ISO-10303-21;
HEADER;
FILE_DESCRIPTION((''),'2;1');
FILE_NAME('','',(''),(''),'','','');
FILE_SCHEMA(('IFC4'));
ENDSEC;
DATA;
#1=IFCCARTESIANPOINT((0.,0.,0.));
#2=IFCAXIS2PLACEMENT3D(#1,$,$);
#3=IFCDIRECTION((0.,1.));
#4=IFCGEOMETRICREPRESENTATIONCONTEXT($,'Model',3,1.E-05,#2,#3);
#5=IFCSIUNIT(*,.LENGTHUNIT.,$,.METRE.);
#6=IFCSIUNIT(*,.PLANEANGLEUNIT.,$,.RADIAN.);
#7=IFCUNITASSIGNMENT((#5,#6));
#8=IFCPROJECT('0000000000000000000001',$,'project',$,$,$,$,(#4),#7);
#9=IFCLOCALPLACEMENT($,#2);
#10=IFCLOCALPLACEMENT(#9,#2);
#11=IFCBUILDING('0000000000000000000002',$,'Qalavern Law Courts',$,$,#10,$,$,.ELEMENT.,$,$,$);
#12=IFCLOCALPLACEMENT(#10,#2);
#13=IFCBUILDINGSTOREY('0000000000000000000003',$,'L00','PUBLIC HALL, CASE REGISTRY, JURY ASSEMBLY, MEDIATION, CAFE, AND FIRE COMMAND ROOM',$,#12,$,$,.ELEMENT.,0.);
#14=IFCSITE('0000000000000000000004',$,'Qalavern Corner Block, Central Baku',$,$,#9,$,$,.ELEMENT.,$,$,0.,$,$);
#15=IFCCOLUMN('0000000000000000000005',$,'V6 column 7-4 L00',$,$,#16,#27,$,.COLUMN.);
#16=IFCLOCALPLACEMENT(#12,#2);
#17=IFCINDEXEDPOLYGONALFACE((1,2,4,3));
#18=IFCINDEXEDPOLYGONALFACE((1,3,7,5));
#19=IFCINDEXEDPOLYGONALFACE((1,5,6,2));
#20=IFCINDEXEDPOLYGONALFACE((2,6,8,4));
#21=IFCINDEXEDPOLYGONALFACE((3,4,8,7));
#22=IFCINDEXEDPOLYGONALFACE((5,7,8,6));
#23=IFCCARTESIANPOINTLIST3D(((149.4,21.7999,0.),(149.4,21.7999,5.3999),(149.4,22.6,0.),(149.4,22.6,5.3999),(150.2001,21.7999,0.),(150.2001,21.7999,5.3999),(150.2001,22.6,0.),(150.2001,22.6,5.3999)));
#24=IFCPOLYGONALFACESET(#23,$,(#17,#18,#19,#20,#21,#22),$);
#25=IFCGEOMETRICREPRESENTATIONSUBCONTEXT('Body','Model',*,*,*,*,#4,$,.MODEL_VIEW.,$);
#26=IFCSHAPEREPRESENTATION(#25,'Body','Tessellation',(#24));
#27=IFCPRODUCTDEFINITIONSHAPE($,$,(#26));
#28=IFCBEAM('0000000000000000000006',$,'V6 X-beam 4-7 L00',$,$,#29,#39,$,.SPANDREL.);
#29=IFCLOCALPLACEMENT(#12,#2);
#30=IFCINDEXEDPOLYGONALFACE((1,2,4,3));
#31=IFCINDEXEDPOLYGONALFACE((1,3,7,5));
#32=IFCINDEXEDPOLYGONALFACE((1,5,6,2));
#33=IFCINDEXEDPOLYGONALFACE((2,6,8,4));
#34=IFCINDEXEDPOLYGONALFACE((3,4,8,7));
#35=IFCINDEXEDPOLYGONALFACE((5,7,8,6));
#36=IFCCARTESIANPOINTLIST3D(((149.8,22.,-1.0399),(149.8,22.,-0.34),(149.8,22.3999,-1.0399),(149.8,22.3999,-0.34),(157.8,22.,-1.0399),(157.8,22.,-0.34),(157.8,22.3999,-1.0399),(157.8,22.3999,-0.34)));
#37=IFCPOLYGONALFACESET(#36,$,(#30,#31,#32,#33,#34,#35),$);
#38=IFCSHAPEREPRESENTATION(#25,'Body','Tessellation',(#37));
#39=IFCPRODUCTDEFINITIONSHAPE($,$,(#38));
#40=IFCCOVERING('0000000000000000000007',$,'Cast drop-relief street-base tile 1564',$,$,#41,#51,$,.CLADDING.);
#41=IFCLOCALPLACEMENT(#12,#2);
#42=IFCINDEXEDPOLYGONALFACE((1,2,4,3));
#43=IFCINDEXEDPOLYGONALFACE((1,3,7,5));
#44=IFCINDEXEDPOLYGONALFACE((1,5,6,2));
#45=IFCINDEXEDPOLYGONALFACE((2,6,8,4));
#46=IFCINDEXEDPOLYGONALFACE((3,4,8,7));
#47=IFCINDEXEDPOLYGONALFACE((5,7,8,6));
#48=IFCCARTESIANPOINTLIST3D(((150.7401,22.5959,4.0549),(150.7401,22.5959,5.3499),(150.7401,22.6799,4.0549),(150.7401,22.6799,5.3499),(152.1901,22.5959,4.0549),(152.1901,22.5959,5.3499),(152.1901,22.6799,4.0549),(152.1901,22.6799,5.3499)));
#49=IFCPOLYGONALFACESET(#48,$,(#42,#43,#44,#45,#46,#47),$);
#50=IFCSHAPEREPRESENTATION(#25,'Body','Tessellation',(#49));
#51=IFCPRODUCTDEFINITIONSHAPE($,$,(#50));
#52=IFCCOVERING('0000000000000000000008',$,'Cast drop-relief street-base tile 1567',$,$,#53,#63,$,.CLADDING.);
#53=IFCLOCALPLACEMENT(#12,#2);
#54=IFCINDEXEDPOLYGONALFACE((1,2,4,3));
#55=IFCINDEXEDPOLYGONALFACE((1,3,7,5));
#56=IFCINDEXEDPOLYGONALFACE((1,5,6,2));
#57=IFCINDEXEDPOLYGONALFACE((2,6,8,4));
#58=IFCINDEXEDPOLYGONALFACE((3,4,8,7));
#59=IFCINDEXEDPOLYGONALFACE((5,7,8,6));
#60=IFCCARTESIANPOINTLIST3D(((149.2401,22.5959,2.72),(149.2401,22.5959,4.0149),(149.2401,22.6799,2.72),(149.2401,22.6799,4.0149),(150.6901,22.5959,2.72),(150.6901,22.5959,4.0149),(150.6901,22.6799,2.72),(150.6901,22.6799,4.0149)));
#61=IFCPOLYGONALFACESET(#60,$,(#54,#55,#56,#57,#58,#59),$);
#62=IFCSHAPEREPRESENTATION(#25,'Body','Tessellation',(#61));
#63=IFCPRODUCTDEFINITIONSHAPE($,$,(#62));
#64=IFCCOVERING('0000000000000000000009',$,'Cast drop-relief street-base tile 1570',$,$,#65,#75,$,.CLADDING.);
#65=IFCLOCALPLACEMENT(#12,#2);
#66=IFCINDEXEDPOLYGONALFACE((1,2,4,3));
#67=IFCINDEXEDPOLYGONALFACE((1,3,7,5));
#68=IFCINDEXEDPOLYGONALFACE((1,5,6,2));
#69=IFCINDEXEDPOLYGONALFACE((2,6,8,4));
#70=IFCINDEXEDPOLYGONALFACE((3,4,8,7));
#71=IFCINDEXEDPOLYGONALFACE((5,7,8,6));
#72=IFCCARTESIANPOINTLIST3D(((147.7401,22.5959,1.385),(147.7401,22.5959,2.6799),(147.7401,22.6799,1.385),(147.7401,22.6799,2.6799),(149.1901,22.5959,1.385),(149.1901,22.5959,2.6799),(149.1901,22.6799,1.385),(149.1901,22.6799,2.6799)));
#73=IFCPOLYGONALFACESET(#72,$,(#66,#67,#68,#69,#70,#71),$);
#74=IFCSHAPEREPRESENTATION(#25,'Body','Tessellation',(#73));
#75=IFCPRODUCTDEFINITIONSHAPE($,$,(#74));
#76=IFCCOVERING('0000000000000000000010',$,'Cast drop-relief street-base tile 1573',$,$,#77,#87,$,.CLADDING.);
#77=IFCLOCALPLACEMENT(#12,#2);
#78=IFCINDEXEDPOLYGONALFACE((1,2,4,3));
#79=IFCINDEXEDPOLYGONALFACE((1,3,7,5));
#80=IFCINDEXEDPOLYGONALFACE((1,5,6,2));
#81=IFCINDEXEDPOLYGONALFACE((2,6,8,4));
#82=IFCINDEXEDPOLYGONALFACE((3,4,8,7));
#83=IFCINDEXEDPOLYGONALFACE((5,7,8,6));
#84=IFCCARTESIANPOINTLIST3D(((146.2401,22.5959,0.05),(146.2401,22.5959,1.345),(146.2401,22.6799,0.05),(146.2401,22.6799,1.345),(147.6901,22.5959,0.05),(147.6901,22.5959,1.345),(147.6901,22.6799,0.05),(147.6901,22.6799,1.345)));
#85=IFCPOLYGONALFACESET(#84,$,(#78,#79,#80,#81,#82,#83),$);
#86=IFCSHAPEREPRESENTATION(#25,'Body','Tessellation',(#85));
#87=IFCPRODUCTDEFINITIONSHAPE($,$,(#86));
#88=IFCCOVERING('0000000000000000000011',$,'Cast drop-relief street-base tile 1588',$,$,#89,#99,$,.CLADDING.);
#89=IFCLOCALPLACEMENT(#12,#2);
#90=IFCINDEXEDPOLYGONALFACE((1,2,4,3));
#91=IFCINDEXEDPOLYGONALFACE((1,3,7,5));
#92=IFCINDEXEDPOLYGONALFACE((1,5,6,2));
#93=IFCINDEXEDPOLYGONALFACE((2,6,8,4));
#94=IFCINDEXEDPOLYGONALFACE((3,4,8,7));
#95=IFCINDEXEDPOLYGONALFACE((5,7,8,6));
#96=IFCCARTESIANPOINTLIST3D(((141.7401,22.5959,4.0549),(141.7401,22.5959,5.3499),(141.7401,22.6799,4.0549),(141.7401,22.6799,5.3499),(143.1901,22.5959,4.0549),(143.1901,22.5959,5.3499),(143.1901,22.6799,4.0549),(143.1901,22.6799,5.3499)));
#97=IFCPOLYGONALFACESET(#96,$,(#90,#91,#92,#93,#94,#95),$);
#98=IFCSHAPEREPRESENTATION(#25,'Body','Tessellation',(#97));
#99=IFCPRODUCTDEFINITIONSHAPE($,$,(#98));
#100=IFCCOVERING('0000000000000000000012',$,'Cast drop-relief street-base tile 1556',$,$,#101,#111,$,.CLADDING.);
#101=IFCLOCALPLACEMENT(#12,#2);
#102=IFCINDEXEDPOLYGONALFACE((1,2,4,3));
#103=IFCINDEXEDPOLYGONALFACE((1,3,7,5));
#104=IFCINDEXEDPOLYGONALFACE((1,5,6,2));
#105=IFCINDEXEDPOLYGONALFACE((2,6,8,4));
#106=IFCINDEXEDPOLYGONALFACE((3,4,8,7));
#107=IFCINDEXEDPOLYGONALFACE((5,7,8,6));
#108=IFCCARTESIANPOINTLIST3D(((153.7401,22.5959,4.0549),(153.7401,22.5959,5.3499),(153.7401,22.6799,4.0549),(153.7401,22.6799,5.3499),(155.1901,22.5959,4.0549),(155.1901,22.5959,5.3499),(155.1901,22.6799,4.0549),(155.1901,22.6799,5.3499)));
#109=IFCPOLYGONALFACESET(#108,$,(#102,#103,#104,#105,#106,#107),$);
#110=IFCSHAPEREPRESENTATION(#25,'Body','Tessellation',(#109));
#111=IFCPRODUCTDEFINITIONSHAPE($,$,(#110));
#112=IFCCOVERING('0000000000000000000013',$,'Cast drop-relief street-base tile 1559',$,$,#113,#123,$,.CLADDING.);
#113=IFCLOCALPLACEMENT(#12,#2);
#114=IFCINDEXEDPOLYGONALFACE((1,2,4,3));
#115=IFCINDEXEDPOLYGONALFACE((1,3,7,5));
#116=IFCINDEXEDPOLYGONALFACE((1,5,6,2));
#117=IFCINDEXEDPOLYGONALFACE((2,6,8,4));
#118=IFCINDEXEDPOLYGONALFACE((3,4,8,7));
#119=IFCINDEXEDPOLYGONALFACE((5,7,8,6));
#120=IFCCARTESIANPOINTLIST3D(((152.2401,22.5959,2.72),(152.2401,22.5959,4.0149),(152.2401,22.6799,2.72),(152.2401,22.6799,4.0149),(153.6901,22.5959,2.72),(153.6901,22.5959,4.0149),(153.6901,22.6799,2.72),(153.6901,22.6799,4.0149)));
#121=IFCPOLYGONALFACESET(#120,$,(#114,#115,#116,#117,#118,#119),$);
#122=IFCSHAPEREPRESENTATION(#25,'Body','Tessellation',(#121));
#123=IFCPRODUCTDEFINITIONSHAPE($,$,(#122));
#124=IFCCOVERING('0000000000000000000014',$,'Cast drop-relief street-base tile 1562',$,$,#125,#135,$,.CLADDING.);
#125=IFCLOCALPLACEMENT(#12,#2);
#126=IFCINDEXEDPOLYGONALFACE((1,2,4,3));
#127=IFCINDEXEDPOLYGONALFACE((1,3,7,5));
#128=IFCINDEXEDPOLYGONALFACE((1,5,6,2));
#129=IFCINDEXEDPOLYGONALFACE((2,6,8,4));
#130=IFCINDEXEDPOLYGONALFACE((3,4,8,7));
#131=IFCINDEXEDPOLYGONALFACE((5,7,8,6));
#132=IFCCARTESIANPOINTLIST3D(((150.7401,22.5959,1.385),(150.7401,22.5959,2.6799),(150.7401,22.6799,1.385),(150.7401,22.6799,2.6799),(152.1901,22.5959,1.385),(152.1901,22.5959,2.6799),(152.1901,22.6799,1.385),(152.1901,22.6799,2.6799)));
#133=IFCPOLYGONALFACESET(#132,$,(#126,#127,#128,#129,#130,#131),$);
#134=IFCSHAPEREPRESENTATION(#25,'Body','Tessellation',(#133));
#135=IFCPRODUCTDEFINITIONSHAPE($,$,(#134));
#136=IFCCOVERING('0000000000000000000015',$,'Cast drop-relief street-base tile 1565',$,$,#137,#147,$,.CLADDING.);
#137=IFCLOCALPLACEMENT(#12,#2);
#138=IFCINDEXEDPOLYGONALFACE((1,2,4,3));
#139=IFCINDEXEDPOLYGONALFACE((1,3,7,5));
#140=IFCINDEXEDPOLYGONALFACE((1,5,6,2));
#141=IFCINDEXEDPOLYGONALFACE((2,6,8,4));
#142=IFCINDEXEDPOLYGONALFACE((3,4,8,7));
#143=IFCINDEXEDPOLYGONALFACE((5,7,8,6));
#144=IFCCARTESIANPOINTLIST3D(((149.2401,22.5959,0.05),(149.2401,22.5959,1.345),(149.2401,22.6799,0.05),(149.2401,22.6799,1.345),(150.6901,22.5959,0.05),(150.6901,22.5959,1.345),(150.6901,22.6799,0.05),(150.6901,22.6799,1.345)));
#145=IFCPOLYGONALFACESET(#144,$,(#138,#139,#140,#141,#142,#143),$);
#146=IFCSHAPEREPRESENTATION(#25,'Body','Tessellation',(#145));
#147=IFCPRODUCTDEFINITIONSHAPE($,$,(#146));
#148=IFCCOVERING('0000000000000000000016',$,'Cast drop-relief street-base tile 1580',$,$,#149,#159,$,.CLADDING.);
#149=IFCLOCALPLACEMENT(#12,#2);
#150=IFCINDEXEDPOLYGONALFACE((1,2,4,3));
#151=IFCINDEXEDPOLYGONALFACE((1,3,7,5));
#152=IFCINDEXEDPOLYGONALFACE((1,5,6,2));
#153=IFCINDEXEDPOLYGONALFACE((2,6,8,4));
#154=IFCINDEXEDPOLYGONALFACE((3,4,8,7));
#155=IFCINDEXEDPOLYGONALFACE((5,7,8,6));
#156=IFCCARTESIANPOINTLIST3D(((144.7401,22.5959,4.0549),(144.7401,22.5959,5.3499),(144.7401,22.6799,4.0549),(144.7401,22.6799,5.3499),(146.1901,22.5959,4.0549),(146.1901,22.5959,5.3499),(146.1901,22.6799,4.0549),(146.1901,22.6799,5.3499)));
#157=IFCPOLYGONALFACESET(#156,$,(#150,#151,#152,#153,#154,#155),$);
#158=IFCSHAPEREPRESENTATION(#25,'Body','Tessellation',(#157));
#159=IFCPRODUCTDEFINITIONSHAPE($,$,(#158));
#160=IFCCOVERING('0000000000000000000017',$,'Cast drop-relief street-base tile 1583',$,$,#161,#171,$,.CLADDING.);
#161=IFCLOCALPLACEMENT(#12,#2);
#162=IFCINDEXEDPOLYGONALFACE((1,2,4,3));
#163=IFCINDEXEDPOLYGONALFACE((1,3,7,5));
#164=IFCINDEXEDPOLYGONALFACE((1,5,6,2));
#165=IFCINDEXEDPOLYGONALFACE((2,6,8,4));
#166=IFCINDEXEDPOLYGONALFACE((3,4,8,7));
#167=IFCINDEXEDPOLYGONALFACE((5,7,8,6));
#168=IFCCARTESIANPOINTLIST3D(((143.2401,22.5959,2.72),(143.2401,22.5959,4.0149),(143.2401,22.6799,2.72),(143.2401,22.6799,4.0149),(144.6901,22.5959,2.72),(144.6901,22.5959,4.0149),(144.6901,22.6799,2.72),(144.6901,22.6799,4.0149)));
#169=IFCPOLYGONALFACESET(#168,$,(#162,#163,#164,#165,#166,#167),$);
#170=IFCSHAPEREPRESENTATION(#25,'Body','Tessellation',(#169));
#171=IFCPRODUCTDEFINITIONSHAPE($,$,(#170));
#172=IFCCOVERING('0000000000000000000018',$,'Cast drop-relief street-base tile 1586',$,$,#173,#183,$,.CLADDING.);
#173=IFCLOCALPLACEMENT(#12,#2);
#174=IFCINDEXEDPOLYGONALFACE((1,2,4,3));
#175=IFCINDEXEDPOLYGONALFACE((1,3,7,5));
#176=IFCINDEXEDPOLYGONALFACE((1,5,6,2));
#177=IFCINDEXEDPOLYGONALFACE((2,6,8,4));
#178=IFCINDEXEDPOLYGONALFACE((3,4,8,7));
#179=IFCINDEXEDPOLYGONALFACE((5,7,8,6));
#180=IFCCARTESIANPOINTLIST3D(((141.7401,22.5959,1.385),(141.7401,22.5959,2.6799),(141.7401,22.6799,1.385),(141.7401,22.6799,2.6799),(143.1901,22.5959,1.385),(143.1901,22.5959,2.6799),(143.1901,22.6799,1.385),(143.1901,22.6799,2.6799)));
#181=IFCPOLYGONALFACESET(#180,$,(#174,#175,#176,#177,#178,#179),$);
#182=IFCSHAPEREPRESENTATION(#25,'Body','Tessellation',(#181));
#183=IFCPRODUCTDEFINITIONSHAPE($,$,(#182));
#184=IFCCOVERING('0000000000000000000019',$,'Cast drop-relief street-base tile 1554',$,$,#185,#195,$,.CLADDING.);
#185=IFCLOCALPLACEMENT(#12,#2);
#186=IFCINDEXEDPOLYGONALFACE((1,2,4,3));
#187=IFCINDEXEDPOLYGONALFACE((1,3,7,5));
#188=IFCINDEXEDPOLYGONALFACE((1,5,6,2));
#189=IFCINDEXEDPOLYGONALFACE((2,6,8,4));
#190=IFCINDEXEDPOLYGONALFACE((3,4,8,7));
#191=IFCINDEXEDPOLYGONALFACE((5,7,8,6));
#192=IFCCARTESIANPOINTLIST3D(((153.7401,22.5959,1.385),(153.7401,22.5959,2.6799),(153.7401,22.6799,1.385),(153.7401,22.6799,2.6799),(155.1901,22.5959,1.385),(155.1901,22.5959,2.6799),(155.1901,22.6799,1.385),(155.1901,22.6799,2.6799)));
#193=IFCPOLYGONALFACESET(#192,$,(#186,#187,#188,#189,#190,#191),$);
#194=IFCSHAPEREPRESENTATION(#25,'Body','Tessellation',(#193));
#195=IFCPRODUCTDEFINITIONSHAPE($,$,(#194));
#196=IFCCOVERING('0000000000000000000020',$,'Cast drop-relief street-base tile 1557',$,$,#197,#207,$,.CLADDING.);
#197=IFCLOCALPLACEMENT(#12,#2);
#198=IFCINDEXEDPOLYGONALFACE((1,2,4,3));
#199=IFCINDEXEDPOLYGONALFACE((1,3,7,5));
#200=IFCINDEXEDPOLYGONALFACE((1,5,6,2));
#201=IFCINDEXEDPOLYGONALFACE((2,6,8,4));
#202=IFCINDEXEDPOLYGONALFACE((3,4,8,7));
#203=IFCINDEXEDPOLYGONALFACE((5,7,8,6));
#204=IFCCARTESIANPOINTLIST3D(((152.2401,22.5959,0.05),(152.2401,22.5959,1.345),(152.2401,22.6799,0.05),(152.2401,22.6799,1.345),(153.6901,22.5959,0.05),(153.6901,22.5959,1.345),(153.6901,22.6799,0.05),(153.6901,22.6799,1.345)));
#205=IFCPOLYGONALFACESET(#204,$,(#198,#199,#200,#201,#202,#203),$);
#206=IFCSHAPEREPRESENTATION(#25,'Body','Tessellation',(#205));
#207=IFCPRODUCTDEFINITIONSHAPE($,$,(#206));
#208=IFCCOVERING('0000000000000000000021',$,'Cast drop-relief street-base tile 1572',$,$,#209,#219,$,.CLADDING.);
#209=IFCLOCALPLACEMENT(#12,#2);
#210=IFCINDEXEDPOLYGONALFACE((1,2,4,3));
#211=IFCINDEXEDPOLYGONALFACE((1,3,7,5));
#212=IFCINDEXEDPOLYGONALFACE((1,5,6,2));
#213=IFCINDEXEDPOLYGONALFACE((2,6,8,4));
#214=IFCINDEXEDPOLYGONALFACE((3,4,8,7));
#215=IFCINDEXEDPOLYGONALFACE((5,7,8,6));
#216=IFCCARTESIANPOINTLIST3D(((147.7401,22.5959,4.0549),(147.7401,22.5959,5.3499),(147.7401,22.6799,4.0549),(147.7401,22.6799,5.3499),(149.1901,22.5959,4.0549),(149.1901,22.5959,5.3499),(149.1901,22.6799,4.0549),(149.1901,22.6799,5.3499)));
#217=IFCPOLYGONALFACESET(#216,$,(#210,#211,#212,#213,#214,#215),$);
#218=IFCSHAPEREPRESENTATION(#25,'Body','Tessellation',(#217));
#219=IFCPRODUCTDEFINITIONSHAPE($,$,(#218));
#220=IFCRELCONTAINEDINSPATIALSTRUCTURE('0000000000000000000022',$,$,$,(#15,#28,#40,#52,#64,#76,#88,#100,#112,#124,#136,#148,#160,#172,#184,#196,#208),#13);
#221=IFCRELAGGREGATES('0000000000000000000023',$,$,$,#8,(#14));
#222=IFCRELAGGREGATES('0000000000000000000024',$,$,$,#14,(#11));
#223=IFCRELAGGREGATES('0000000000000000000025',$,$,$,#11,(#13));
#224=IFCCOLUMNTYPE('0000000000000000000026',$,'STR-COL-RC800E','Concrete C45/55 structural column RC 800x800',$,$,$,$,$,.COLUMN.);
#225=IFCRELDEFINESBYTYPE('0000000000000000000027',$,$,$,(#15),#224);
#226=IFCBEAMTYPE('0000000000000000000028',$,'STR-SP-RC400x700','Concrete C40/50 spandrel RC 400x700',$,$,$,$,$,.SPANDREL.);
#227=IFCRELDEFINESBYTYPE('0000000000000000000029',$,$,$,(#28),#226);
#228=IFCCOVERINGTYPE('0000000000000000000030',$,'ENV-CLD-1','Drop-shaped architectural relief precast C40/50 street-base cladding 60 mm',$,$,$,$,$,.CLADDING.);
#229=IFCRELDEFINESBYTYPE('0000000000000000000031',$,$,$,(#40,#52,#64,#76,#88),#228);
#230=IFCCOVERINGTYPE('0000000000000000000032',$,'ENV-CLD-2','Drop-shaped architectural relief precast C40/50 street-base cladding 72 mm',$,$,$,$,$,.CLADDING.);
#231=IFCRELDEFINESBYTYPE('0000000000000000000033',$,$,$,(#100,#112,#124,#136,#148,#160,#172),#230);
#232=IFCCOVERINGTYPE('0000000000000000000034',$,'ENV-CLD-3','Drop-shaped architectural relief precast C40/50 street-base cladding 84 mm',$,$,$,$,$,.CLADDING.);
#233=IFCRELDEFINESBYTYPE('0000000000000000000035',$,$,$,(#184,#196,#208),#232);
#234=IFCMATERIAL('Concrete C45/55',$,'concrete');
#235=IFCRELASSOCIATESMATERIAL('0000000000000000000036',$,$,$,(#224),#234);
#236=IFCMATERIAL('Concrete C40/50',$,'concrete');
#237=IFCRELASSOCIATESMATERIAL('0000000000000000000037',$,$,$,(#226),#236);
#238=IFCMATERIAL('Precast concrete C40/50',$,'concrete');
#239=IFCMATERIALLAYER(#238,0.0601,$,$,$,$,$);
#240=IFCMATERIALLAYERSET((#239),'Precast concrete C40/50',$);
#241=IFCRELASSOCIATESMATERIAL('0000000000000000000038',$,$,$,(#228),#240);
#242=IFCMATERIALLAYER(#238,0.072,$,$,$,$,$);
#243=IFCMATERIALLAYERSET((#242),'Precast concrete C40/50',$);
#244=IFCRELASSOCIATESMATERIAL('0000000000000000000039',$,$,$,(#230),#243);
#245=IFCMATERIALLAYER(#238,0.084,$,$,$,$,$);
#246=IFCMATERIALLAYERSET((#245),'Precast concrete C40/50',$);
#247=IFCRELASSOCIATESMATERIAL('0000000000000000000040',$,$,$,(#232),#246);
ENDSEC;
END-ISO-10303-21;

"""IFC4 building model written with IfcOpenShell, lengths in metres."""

from ifc_helpers import new_model, si_unit, direction, frame, origin, origin_2d, place, context, subcontext, project, spatial, rectangle, extrude, material, layer, layer_set, material_profile, profile_set, type_object, element, save


model = new_model("IFC4")

# Units and contexts
model_context = context("Model", 3, precision=1e-05, world=origin(), true_north=direction((0.0, 1.0)))
body_context = subcontext(model_context, "Body", "Model", "MODEL_VIEW")
ifc_project = project(units=[si_unit("LENGTHUNIT", "METRE"), si_unit("PLANEANGLEUNIT", "RADIAN")], contexts=[model_context])

# Site, building, storey
site_placement = place(None, origin())
site = spatial("IfcSite", under=ifc_project, at=site_placement, Name="Qalavern Corner Block, Central Baku", CompositionType="ELEMENT", RefElevation=0.0)
building_placement = place(site_placement, origin())
building = spatial("IfcBuilding", under=site, at=building_placement, Name="Qalavern Law Courts", CompositionType="ELEMENT")
storey_placement = place(building_placement, origin())
storey = spatial("IfcBuildingStorey", under=building, at=storey_placement, Name="L00", Description="PUBLIC HALL, CASE REGISTRY, JURY ASSEMBLY, MEDIATION, CAFE, AND FIRE COMMAND ROOM", CompositionType="ELEMENT", Elevation=0.0)

# Column
ifc_material_1 = material(Name="Concrete C45/55", Category="concrete")
ifc_material_profile_1 = material_profile(ifc_material_1, rectangle(XDim=0.8, YDim=0.8, at=origin_2d()), Name="RC 800x800")
ifc_profile_set_1 = profile_set([ifc_material_profile_1], Name="Concrete C45/55")
column_type = type_object("IfcColumnType", Name="STR-COL-RC800E", Description="Concrete C45/55 structural column RC 800x800", PredefinedType="COLUMN", material=ifc_profile_set_1)
column_placement = place(storey_placement, frame((149.8, 22.2, 0.0), z_axis=(0.0, 0.0, 1.0), x_axis=(1.0, 0.0, 0.0)))
element("IfcColumn", 1, at=column_placement, inside=storey, type_object=column_type, Name="V6 column 7-4 L00", PredefinedType="COLUMN", context=body_context, shape_type="SweptSolid", body=[
    extrude(rectangle(XDim=0.8, YDim=0.8, at=origin_2d()), origin(), (0.0, 0.0, 1.0), 5.3999),
])

# Beam
ifc_material_2 = material(Name="Concrete C40/50", Category="concrete")
ifc_material_profile_2 = material_profile(ifc_material_2, rectangle(XDim=0.3999, YDim=0.7, at=origin_2d()), Name="RC 400x700")
ifc_profile_set_2 = profile_set([ifc_material_profile_2], Name="Concrete C40/50")
beam_type = type_object("IfcBeamType", Name="STR-SP-RC400x700", Description="Concrete C40/50 spandrel RC 400x700", PredefinedType="SPANDREL", material=ifc_profile_set_2)
beam_placement = place(storey_placement, frame((149.8, 22.2, -0.6899), z_axis=(1.0, 0.0, 0.0), x_axis=(0.0, 1.0, 0.0)))
element("IfcBeam", 2, at=beam_placement, inside=storey, type_object=beam_type, Name="V6 X-beam 4-7 L00", PredefinedType="SPANDREL", context=body_context, shape_type="SweptSolid", body=[
    extrude(rectangle(XDim=0.3999, YDim=0.7, at=origin_2d()), origin(), (0.0, 0.0, 1.0), 8.0),
])

# Coverings
ifc_material_3 = material(Name="Precast concrete C40/50", Category="concrete")
ifc_layer_1 = layer(ifc_material_3, 0.0601)
ifc_layer_set_1 = layer_set([ifc_layer_1], Name="Precast concrete C40/50")
covering_type_1 = type_object("IfcCoveringType", Name="ENV-CLD-1", Description="Drop-shaped architectural relief precast C40/50 street-base cladding 60 mm", PredefinedType="CLADDING", material=ifc_layer_set_1)
for number, where, z_axis, x_axis, name in (
    (3, (151.4651, 22.6379, 4.0549), (0.0, 0.0, 1.0), (-1.0, 0.0, 0.0), "Cast drop-relief street-base tile 1564"),
    (4, (149.9651, 22.6379, 2.72), (0.0, 0.0, 1.0), (-1.0, 0.0, 0.0), "Cast drop-relief street-base tile 1567"),
    (5, (148.4651, 22.6379, 1.385), (0.0, 0.0, 1.0), (-1.0, 0.0, 0.0), "Cast drop-relief street-base tile 1570"),
    (6, (146.9651, 22.6379, 0.05), (0.0, 0.0, 1.0), (-1.0, 0.0, 0.0), "Cast drop-relief street-base tile 1573"),
    (7, (142.4651, 22.6379, 4.0549), (0.0, 0.0, 1.0), (-1.0, 0.0, 0.0), "Cast drop-relief street-base tile 1588"),
):
    element("IfcCovering", number, at=place(storey_placement, frame(where, z_axis=z_axis, x_axis=x_axis)), inside=storey, type_object=covering_type_1, Name=name, PredefinedType="CLADDING", context=body_context, shape_type="SweptSolid", body=[
        extrude(rectangle(XDim=1.45, YDim=0.084, at=origin_2d()), origin(), (0.0, 0.0, 1.0), 1.2949),
    ])
ifc_layer_2 = layer(ifc_material_3, 0.072)
ifc_layer_set_2 = layer_set([ifc_layer_2], Name="Precast concrete C40/50")
covering_type_2 = type_object("IfcCoveringType", Name="ENV-CLD-2", Description="Drop-shaped architectural relief precast C40/50 street-base cladding 72 mm", PredefinedType="CLADDING", material=ifc_layer_set_2)
for number, where, z_axis, x_axis, name in (
    (8, (154.4651, 22.6379, 4.0549), (0.0, 0.0, 1.0), (-1.0, 0.0, 0.0), "Cast drop-relief street-base tile 1556"),
    (9, (152.9651, 22.6379, 2.72), (0.0, 0.0, 1.0), (-1.0, 0.0, 0.0), "Cast drop-relief street-base tile 1559"),
    (10, (151.4651, 22.6379, 1.385), (0.0, 0.0, 1.0), (-1.0, 0.0, 0.0), "Cast drop-relief street-base tile 1562"),
    (11, (149.9651, 22.6379, 0.05), (0.0, 0.0, 1.0), (-1.0, 0.0, 0.0), "Cast drop-relief street-base tile 1565"),
    (12, (145.4651, 22.6379, 4.0549), (0.0, 0.0, 1.0), (-1.0, 0.0, 0.0), "Cast drop-relief street-base tile 1580"),
    (13, (143.9651, 22.6379, 2.72), (0.0, 0.0, 1.0), (-1.0, 0.0, 0.0), "Cast drop-relief street-base tile 1583"),
    (14, (142.4651, 22.6379, 1.385), (0.0, 0.0, 1.0), (-1.0, 0.0, 0.0), "Cast drop-relief street-base tile 1586"),
):
    element("IfcCovering", number, at=place(storey_placement, frame(where, z_axis=z_axis, x_axis=x_axis)), inside=storey, type_object=covering_type_2, Name=name, PredefinedType="CLADDING", context=body_context, shape_type="SweptSolid", body=[
        extrude(rectangle(XDim=1.45, YDim=0.084, at=origin_2d()), origin(), (0.0, 0.0, 1.0), 1.2949),
    ])
ifc_layer_3 = layer(ifc_material_3, 0.084)
ifc_layer_set_3 = layer_set([ifc_layer_3], Name="Precast concrete C40/50")
covering_type_3 = type_object("IfcCoveringType", Name="ENV-CLD-3", Description="Drop-shaped architectural relief precast C40/50 street-base cladding 84 mm", PredefinedType="CLADDING", material=ifc_layer_set_3)
for number, where, z_axis, x_axis, name in (
    (15, (154.4651, 22.6379, 1.385), (0.0, 0.0, 1.0), (-1.0, 0.0, 0.0), "Cast drop-relief street-base tile 1554"),
    (16, (152.9651, 22.6379, 0.05), (0.0, 0.0, 1.0), (-1.0, 0.0, 0.0), "Cast drop-relief street-base tile 1557"),
    (17, (148.4651, 22.6379, 4.0549), (0.0, 0.0, 1.0), (-1.0, 0.0, 0.0), "Cast drop-relief street-base tile 1572"),
):
    element("IfcCovering", number, at=place(storey_placement, frame(where, z_axis=z_axis, x_axis=x_axis)), inside=storey, type_object=covering_type_3, Name=name, PredefinedType="CLADDING", context=body_context, shape_type="SweptSolid", body=[
        extrude(rectangle(XDim=1.45, YDim=0.084, at=origin_2d()), origin(), (0.0, 0.0, 1.0), 1.2949),
    ])

save(model, "model.ifc")
